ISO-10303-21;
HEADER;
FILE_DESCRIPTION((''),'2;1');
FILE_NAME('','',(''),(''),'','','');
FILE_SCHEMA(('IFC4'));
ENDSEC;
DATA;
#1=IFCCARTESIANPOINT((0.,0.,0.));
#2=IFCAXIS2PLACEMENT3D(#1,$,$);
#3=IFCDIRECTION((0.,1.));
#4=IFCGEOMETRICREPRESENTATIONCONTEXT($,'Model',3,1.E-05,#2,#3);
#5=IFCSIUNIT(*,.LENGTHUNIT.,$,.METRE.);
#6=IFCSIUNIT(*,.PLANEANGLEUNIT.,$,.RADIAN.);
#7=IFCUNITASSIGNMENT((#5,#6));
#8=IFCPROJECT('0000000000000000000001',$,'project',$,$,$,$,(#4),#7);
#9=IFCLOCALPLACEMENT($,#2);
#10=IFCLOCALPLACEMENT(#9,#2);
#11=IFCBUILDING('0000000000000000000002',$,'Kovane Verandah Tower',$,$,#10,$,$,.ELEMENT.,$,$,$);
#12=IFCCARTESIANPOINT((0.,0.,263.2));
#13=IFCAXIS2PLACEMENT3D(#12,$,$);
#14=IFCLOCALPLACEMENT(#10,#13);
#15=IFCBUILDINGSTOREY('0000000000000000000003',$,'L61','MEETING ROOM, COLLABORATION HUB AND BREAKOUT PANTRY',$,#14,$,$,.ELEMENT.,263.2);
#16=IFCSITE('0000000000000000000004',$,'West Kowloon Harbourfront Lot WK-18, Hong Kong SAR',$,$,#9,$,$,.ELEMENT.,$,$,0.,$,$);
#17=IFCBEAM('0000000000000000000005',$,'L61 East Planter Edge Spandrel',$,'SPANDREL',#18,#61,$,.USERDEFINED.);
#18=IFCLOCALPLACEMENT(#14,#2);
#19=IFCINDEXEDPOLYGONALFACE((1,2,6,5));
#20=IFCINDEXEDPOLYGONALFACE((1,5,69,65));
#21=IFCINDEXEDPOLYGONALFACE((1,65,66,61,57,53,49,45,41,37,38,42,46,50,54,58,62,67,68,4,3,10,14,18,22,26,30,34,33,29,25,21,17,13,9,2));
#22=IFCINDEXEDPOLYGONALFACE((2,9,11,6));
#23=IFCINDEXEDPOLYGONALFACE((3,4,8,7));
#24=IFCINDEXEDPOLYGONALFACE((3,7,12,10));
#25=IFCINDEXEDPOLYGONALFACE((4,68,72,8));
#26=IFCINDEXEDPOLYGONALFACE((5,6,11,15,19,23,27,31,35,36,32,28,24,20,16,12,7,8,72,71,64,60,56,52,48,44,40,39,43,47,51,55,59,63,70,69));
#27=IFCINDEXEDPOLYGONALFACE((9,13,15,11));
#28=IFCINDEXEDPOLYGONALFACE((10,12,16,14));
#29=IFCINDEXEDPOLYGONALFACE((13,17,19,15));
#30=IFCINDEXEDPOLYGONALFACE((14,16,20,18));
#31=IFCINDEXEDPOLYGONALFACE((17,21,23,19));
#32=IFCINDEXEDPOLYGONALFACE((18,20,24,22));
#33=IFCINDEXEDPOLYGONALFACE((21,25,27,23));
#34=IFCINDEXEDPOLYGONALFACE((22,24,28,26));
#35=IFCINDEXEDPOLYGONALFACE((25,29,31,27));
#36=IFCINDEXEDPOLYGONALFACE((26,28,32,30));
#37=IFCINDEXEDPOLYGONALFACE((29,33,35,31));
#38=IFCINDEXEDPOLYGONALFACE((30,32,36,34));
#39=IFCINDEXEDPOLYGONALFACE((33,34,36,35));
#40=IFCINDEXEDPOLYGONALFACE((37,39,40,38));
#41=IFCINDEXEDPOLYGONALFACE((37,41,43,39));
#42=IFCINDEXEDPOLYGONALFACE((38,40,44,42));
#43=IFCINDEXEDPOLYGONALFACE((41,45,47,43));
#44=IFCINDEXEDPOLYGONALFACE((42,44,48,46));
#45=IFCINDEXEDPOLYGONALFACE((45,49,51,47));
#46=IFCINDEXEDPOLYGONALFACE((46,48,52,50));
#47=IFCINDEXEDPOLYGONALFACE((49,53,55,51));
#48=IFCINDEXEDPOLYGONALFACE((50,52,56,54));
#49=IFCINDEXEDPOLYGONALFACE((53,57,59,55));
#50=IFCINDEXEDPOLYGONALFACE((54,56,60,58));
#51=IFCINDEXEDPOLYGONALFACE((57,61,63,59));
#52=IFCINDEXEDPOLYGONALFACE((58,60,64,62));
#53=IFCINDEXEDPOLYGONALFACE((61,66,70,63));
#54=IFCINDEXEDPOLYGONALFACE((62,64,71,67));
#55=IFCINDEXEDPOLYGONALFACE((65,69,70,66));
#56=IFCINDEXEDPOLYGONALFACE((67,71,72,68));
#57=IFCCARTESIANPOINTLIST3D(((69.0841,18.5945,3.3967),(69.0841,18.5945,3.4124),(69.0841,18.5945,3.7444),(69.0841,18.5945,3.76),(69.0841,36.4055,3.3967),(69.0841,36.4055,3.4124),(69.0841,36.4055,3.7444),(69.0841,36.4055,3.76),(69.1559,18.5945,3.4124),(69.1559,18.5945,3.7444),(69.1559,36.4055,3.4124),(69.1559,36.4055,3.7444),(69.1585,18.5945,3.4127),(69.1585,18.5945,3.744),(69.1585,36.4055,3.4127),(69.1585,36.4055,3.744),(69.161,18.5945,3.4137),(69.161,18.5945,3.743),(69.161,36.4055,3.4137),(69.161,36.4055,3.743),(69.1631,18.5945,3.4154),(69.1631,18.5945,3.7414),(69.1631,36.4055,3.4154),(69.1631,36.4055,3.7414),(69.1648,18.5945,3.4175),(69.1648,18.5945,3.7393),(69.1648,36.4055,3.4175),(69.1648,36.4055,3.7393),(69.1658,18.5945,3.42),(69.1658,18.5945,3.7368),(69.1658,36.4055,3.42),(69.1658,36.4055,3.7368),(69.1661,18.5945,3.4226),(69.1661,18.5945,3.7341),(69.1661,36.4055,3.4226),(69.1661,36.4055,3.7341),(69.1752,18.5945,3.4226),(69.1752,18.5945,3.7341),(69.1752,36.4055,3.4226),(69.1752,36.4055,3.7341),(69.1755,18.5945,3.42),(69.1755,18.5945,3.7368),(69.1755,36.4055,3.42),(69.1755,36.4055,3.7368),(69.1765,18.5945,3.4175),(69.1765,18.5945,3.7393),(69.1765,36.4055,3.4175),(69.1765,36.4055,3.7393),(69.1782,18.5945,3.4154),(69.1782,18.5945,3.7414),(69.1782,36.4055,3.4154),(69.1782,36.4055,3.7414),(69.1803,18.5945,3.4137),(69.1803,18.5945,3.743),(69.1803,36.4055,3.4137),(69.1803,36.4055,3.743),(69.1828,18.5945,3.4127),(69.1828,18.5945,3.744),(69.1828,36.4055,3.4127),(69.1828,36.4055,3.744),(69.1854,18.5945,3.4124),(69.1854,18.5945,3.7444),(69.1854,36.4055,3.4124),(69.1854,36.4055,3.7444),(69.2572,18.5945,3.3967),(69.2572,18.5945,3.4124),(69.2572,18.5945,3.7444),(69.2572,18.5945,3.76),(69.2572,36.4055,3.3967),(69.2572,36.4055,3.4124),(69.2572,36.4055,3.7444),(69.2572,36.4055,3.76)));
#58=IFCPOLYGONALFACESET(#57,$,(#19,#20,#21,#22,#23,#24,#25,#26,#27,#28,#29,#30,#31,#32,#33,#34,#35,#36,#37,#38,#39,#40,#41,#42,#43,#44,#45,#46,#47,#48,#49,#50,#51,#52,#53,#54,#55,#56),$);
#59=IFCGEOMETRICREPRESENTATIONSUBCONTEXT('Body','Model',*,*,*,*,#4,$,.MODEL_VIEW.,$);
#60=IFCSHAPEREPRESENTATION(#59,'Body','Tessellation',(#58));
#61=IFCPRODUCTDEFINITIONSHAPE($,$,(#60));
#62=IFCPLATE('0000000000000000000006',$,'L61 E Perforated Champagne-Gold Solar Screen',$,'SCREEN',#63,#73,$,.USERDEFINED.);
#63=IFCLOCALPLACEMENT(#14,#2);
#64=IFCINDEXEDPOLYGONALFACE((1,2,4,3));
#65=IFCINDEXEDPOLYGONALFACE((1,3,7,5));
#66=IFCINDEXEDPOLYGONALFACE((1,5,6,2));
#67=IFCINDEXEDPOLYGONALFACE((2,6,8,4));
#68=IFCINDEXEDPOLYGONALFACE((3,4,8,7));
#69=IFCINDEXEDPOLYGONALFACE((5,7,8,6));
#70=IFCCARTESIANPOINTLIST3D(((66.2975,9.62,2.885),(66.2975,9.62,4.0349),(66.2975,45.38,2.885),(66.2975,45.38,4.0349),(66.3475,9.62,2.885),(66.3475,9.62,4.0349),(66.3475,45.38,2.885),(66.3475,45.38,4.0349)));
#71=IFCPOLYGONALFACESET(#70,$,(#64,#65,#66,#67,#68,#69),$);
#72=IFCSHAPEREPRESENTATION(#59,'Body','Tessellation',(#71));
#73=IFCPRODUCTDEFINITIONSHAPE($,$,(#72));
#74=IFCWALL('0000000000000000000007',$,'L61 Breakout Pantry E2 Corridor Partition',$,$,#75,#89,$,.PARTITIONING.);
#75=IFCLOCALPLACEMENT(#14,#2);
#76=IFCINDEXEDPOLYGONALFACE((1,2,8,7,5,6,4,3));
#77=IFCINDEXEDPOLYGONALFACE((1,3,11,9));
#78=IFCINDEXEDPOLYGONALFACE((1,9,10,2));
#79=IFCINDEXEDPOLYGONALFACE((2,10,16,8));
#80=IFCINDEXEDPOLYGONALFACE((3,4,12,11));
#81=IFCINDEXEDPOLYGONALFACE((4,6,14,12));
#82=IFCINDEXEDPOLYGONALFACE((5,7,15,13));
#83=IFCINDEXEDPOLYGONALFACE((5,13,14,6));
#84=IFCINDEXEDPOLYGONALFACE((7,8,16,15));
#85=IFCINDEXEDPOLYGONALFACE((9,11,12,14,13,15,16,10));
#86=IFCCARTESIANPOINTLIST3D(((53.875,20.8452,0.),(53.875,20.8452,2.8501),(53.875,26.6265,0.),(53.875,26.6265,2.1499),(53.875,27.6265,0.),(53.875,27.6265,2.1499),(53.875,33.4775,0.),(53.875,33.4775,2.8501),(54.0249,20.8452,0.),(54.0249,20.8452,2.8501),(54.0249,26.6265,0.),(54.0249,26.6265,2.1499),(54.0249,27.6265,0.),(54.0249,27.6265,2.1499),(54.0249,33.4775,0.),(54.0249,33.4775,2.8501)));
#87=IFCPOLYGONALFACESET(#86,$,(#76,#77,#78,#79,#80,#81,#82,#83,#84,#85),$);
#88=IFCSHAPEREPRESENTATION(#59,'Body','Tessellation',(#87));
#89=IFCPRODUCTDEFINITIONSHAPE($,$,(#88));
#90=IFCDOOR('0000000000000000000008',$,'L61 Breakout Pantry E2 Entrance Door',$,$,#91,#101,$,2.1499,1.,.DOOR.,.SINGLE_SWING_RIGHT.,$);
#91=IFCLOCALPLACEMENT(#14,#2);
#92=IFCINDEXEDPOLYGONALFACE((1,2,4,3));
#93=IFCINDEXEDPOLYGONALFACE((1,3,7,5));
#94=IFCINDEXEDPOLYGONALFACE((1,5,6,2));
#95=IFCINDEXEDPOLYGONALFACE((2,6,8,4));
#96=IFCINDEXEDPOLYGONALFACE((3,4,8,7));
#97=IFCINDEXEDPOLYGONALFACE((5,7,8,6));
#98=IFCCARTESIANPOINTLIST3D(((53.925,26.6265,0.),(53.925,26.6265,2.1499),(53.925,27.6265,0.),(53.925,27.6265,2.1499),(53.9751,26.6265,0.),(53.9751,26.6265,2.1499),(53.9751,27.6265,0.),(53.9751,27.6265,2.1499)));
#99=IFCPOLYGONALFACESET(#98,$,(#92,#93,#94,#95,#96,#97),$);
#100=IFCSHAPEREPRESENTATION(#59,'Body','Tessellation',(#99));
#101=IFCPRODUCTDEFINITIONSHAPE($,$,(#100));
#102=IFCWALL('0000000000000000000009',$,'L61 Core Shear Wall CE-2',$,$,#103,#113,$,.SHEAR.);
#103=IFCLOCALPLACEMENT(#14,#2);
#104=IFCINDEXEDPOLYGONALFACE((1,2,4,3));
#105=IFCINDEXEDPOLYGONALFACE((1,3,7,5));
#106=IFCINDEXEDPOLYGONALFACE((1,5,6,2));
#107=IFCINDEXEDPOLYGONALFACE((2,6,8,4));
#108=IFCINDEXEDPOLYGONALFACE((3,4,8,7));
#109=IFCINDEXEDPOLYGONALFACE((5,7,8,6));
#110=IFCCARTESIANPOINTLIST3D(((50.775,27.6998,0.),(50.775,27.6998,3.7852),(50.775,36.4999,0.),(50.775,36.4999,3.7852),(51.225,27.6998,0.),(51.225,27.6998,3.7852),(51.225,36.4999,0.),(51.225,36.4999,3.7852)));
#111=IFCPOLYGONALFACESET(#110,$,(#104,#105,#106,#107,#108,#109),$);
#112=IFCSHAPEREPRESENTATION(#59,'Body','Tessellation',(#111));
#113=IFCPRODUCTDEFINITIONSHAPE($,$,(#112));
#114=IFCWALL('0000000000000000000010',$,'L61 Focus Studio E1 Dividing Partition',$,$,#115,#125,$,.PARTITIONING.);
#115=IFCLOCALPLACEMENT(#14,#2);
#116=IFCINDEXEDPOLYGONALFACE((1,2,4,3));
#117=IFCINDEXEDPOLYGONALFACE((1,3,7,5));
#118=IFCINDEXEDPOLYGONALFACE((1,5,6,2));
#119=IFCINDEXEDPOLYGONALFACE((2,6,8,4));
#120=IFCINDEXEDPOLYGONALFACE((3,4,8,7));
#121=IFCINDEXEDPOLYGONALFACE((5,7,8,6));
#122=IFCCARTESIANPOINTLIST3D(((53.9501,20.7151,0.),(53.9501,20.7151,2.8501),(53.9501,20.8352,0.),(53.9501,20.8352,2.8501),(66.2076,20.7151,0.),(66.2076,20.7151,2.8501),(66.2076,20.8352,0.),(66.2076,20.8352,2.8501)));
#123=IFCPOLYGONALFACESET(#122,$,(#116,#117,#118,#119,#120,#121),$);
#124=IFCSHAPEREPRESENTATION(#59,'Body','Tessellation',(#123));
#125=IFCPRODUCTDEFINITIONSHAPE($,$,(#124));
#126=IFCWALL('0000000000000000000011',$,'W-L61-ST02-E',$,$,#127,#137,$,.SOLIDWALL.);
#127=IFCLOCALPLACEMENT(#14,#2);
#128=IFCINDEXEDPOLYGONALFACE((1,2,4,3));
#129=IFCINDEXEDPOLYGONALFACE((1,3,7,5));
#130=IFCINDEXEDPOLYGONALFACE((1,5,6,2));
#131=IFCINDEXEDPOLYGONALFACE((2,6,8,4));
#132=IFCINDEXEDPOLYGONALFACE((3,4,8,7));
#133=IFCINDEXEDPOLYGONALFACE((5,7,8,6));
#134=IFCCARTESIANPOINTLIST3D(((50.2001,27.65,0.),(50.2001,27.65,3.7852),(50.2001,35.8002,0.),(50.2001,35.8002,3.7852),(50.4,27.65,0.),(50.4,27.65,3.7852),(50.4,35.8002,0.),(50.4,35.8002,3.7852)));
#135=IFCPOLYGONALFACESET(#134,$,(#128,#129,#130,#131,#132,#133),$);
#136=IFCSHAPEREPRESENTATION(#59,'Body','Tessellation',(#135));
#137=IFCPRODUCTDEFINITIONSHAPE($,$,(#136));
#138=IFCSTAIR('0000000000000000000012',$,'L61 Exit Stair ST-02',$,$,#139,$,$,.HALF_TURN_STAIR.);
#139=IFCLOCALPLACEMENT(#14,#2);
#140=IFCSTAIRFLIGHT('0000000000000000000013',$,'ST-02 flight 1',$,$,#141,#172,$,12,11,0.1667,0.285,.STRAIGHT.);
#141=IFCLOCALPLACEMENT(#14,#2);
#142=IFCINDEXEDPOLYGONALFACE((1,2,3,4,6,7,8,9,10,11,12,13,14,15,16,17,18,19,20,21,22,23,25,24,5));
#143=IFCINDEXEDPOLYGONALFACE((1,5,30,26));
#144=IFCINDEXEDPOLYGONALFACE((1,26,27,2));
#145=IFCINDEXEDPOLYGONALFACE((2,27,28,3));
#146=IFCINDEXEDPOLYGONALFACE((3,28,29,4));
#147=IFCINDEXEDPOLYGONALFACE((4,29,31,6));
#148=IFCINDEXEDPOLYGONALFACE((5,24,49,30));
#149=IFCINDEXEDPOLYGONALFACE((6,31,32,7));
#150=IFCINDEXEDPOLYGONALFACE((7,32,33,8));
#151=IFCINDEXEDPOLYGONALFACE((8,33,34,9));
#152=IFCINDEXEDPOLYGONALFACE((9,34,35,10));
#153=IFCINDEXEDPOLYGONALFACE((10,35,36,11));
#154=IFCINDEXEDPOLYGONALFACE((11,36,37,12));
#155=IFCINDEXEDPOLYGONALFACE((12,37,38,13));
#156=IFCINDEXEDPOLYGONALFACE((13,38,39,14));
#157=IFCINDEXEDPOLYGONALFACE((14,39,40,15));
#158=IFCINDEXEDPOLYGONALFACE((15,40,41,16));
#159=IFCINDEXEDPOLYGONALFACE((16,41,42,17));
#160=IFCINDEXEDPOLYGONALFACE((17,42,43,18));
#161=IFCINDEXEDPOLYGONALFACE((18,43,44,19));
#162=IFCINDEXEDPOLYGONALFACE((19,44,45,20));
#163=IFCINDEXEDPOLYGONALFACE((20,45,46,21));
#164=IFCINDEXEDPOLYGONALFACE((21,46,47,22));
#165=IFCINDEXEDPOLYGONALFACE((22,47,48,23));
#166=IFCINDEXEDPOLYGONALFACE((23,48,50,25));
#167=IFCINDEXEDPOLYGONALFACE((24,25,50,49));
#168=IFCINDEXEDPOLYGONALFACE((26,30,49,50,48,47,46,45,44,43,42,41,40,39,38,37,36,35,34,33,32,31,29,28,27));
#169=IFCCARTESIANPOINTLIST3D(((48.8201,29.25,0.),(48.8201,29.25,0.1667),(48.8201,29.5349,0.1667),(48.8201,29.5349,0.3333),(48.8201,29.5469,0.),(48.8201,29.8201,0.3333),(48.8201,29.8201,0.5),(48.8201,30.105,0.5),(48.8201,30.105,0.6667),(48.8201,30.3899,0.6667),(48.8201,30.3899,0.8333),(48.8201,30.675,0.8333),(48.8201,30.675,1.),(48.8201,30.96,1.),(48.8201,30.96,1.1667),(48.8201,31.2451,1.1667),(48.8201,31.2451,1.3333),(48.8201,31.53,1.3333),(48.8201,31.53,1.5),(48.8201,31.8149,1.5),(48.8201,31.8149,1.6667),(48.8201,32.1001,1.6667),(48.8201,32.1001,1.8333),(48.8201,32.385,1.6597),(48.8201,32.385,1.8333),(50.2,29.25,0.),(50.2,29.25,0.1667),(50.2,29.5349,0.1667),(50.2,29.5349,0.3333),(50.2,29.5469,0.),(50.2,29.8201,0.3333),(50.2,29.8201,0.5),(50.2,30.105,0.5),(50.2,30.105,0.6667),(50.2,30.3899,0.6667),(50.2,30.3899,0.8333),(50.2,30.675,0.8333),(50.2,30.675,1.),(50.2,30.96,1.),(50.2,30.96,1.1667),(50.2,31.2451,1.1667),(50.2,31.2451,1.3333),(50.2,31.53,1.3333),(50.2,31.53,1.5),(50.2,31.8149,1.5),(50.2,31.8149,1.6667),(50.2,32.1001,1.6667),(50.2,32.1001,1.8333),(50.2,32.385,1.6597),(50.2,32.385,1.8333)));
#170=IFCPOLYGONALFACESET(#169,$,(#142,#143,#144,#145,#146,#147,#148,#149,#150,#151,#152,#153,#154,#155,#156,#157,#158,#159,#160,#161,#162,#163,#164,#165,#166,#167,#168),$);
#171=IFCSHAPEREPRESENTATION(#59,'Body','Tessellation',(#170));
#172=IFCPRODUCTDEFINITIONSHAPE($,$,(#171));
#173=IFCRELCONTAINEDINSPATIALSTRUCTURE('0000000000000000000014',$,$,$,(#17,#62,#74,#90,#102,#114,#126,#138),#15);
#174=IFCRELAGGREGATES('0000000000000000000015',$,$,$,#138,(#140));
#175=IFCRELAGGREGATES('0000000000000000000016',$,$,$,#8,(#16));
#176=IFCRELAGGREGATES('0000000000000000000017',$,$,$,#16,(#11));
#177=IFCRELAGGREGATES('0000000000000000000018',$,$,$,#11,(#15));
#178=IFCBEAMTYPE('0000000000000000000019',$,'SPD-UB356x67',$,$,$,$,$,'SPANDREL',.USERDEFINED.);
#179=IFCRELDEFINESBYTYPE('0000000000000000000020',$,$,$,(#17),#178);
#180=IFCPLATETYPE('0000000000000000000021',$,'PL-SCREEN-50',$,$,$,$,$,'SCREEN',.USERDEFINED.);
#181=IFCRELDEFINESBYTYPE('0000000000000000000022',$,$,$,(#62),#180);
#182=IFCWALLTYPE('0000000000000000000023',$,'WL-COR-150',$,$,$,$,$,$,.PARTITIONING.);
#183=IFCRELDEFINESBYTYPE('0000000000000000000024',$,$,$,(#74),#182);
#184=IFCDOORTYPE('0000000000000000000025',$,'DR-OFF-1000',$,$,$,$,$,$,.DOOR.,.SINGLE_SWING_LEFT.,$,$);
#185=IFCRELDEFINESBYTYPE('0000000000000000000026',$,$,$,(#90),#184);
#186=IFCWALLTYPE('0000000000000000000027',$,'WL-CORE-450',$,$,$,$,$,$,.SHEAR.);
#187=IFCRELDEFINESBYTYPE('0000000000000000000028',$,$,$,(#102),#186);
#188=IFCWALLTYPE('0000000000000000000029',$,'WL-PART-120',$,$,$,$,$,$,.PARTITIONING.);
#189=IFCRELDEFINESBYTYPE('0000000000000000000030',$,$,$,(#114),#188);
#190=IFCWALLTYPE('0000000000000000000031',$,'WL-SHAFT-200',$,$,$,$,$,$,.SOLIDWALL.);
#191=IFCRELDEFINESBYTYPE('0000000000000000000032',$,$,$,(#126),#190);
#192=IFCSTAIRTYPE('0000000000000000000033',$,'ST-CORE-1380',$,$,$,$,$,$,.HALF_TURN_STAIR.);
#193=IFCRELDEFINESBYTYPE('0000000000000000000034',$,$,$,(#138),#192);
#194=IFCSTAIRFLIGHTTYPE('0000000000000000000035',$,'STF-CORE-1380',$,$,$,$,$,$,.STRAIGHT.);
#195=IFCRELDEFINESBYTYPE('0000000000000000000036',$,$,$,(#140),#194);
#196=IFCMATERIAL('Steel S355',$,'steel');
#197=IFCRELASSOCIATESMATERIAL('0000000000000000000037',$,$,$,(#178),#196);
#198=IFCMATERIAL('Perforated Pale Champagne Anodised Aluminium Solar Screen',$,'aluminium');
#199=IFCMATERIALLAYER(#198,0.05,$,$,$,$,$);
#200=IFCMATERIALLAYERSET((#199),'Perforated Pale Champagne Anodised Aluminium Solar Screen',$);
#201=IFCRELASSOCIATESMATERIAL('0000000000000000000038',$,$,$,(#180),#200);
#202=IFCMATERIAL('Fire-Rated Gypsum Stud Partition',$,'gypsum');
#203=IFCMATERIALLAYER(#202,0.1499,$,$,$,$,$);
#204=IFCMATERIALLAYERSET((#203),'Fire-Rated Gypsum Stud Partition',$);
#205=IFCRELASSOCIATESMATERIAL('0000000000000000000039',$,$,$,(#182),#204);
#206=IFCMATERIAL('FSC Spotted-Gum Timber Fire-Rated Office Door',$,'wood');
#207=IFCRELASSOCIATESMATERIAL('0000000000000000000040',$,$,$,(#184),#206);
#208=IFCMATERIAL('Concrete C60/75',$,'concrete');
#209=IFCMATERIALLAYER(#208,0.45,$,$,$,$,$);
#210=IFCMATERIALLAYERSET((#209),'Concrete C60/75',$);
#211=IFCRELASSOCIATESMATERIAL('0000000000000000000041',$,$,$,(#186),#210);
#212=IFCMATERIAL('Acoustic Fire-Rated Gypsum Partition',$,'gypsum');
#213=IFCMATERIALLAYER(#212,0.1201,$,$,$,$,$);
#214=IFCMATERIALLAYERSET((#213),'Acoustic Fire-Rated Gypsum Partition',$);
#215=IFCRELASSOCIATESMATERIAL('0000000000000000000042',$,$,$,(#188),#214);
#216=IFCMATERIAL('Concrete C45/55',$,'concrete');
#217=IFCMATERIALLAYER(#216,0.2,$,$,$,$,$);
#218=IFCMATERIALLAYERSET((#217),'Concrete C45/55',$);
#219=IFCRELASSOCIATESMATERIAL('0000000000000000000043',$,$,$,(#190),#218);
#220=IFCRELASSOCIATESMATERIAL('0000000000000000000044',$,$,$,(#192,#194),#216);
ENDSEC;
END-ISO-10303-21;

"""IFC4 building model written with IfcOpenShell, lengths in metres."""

from ifc_helpers import new_model, si_unit, direction, frame, frame_2d, origin, origin_2d, place, context, subcontext, project, spatial, polyline, rectangle, i_section, outline, extrude, material, layer, layer_set, material_profile, profile_set, type_object, element, fill, aggregate, save


model = new_model("IFC4")

# Units and contexts
model_context = context("Model", 3, precision=1e-05, world=origin(), true_north=direction((0.0, 1.0)))
body_context = subcontext(model_context, "Body", "Model", "MODEL_VIEW")
ifc_project = project(units=[si_unit("LENGTHUNIT", "METRE"), si_unit("PLANEANGLEUNIT", "RADIAN")], contexts=[model_context])

# Site, building, storey
site_placement = place(None, origin())
site = spatial("IfcSite", under=ifc_project, at=site_placement, Name="West Kowloon Harbourfront Lot WK-18, Hong Kong SAR", CompositionType="ELEMENT", RefElevation=0.0)
building_placement = place(site_placement, origin())
building = spatial("IfcBuilding", under=site, at=building_placement, Name="Kovane Verandah Tower", CompositionType="ELEMENT")
storey_placement = place(building_placement, frame((0.0, 0.0, 263.2)))
storey = spatial("IfcBuildingStorey", under=building, at=storey_placement, Name="L61", Description="MEETING ROOM, COLLABORATION HUB AND BREAKOUT PANTRY", CompositionType="ELEMENT", Elevation=263.2)

# Beam
ifc_material_1 = material(Name="Concrete C60/75", Category="concrete")
ifc_material_2 = material(Name="Steel S355", Category="steel")
ifc_material_profile_1 = material_profile(ifc_material_2, i_section(OverallWidth=0.1731, OverallDepth=0.3633, WebThickness=0.009, FlangeThickness=0.0156, FilletRadius=0.0103, at=origin_2d()), Name="UB356x171x67")
ifc_profile_set_1 = profile_set([ifc_material_profile_1], Name="Steel S355")
beam_type_1 = type_object("IfcBeamType", Name="SPD-UB356x67", ElementType="SPANDREL", PredefinedType="USERDEFINED", material=ifc_profile_set_1)
beam_1_placement = place(storey_placement, frame((69.1707, 18.5945, 3.5784), z_axis=(0.0, 1.0, 0.0), x_axis=(-1.0, 0.0, 0.0)))
element("IfcBeam", 1, at=beam_1_placement, inside=storey, type_object=beam_type_1, Name="L61 East Planter Edge Spandrel", ObjectType="SPANDREL", PredefinedType="USERDEFINED", context=body_context, shape_type="SweptSolid", body=[
    extrude(i_section(OverallWidth=0.1731, OverallDepth=0.3633, WebThickness=0.009, FlangeThickness=0.0156, FilletRadius=0.0103, at=origin_2d()), origin(), (0.0, 0.0, 1.0), 17.811),
])

# Plate
ifc_material_3 = material(Name="Perforated Pale Champagne Anodised Aluminium Solar Screen", Category="aluminium")
ifc_layer_1 = layer(ifc_material_3, 0.05)
ifc_layer_set_1 = layer_set([ifc_layer_1], Name="Perforated Pale Champagne Anodised Aluminium Solar Screen")
plate_type = type_object("IfcPlateType", Name="PL-SCREEN-50", ElementType="SCREEN", PredefinedType="USERDEFINED", material=ifc_layer_set_1)
plate_placement = place(storey_placement, frame((66.3225, 27.5, 2.885), z_axis=(0.0, 0.0, 1.0), x_axis=(0.0, 1.0, 0.0)))
element("IfcPlate", 2, at=plate_placement, inside=storey, type_object=plate_type, Name="L61 E Perforated Champagne-Gold Solar Screen", ObjectType="SCREEN", PredefinedType="USERDEFINED", context=body_context, shape_type="SweptSolid", body=[
    extrude(rectangle(XDim=35.76, YDim=0.05, at=origin_2d()), origin(), (0.0, 0.0, 1.0), 1.1499),
])

# Wall, opening, door
ifc_material_4 = material(Name="Fire-Rated Gypsum Stud Partition", Category="gypsum")
ifc_layer_2 = layer(ifc_material_4, 0.1499)
ifc_layer_set_2 = layer_set([ifc_layer_2], Name="Fire-Rated Gypsum Stud Partition")
wall_type_1 = type_object("IfcWallType", Name="WL-COR-150", PredefinedType="PARTITIONING", material=ifc_layer_set_2)
wall_1_placement = place(storey_placement, frame((53.95, 20.8452, 0.0), z_axis=(0.0, 0.0, 1.0), x_axis=(0.0, 1.0, 0.0)))
wall_1 = element("IfcWall", 3, at=wall_1_placement, inside=storey, type_object=wall_type_1, Name="L61 Breakout Pantry E2 Corridor Partition", PredefinedType="PARTITIONING", context=body_context, shape_type="SweptSolid", body=[
    extrude(rectangle(XDim=12.6323, YDim=0.1499, at=frame_2d((6.3162, 0.0))), origin(), (0.0, 0.0, 1.0), 2.8501),
])
opening_1_placement = place(wall_1_placement, frame((5.7812, 0.0, 0.0)))
opening_1 = element("IfcOpeningElement", 4, at=opening_1_placement, cuts=wall_1, PredefinedType="OPENING", context=body_context, shape_type="SweptSolid", body=[
    extrude(rectangle(XDim=1.0, YDim=2.1499, at=frame_2d((0.5, 1.075))), frame((0.0, 0.075, 0.0), z_axis=(0.0, -1.0, 0.0), x_axis=(1.0, 0.0, 0.0)), (0.0, 0.0, 1.0), 0.1499),
])
ifc_material_5 = material(Name="FSC Spotted-Gum Timber Fire-Rated Office Door", Category="wood")
door_type_1 = type_object("IfcDoorType", Name="DR-OFF-1000", OperationType="SINGLE_SWING_LEFT", PredefinedType="DOOR", material=ifc_material_5)
door_1_placement = place(opening_1_placement, origin())
door_1 = element("IfcDoor", 5, at=door_1_placement, inside=storey, type_object=door_type_1, Name="L61 Breakout Pantry E2 Entrance Door", OperationType="SINGLE_SWING_RIGHT", OverallHeight=2.1499, OverallWidth=1.0, PredefinedType="DOOR", context=body_context, shape_type="SweptSolid", body=[
    extrude(rectangle(XDim=1.0, YDim=2.1499, at=frame_2d((0.5, 1.075))), frame((0.0, 0.0249, 0.0), z_axis=(0.0, -1.0, 0.0), x_axis=(1.0, 0.0, 0.0)), (0.0, 0.0, 1.0), 0.05),
])
fill(opening_1, door_1)

# Wall
ifc_layer_3 = layer(ifc_material_1, 0.45)
ifc_layer_set_3 = layer_set([ifc_layer_3], Name="Concrete C60/75")
wall_type_2 = type_object("IfcWallType", Name="WL-CORE-450", PredefinedType="SHEAR", material=ifc_layer_set_3)
wall_2_placement = place(storey_placement, frame((51.0, 27.7, 0.0), z_axis=(0.0, 0.0, 1.0), x_axis=(0.0, 1.0, 0.0)))
element("IfcWall", 6, at=wall_2_placement, inside=storey, type_object=wall_type_2, Name="L61 Core Shear Wall CE-2", PredefinedType="SHEAR", context=body_context, shape_type="SweptSolid", body=[
    extrude(rectangle(XDim=8.8, YDim=0.45, at=frame_2d((4.3999, 0.0))), origin(), (0.0, 0.0, 1.0), 3.7852),
])

# Walls
ifc_material_6 = material(Name="Acoustic Fire-Rated Gypsum Partition", Category="gypsum")
ifc_layer_4 = layer(ifc_material_6, 0.1201)
ifc_layer_set_4 = layer_set([ifc_layer_4], Name="Acoustic Fire-Rated Gypsum Partition")
wall_type_3 = type_object("IfcWallType", Name="WL-PART-120", PredefinedType="PARTITIONING", material=ifc_layer_set_4)
wall_3_placement = place(storey_placement, frame((53.95, 20.7751, 0.0), z_axis=(0.0, 0.0, 1.0), x_axis=(1.0, 0.0, 0.0)))
element("IfcWall", 7, at=wall_3_placement, inside=storey, type_object=wall_type_3, Name="L61 Focus Studio E1 Dividing Partition", PredefinedType="PARTITIONING", context=body_context, shape_type="SweptSolid", body=[
    extrude(rectangle(XDim=12.2576, YDim=0.1201, at=frame_2d((6.1289, 0.0))), origin(), (0.0, 0.0, 1.0), 2.8501),
])
ifc_material_7 = material(Name="Concrete C45/55", Category="concrete")
ifc_layer_5 = layer(ifc_material_7, 0.2)
ifc_layer_set_5 = layer_set([ifc_layer_5], Name="Concrete C45/55")
wall_type_4 = type_object("IfcWallType", Name="WL-SHAFT-200", PredefinedType="SOLIDWALL", material=ifc_layer_set_5)
wall_4_placement = place(storey_placement, frame((50.3, 27.6499, 0.0), z_axis=(0.0, 0.0, 1.0), x_axis=(0.0, 1.0, 0.0)))
element("IfcWall", 8, at=wall_4_placement, inside=storey, type_object=wall_type_4, Name="W-L61-ST02-E", PredefinedType="SOLIDWALL", context=body_context, shape_type="SweptSolid", body=[
    extrude(rectangle(XDim=8.1501, YDim=0.2, at=frame_2d((4.0752, 0.0))), origin(), (0.0, 0.0, 1.0), 3.7852),
])

# Stair, stair flight
stair_type = type_object("IfcStairType", Name="ST-CORE-1380", PredefinedType="HALF_TURN_STAIR", material=ifc_material_7)
stair_placement = place(storey_placement, origin())
stair = element("IfcStair", 9, at=stair_placement, inside=storey, type_object=stair_type, Name="L61 Exit Stair ST-02", PredefinedType="HALF_TURN_STAIR")
stair_flight_type = type_object("IfcStairFlightType", Name="STF-CORE-1380", PredefinedType="STRAIGHT", material=ifc_material_7)
stair_flight_1_placement = place(storey_placement, frame((49.51, 29.25, 0.0), z_axis=(0.0, 0.0, 1.0), x_axis=(0.0, 1.0, 0.0)))
stair_flight_1 = element("IfcStairFlight", 10, at=stair_flight_1_placement, type_object=stair_flight_type, Name="ST-02 flight 1", NumberOfRisers=12, NumberOfTreads=11, PredefinedType="STRAIGHT", RiserHeight=0.1667, TreadLength=0.285, context=body_context, shape_type="SweptSolid", body=[
    extrude(outline(polyline([(0.0, 0.0), (0.0, 0.1667), (0.2849, 0.1667), (0.2849, 0.3333), (0.5701, 0.3333), (0.5701, 0.5), (0.855, 0.5), (0.855, 0.6667), (1.1399, 0.6667), (1.1399, 0.8333), (1.425, 0.8333), (1.425, 1.0), (1.71, 1.0), (1.71, 1.1667), (1.9951, 1.1667), (1.9951, 1.3333), (2.28, 1.3333), (2.28, 1.5), (2.5649, 1.5), (2.5649, 1.6667), (2.8501, 1.6667), (2.8501, 1.8333), (3.135, 1.8333), (3.135, 2.0), (3.135, 1.6597), (0.2969, 0.0), (0.0, 0.0)])), frame((0.0, 0.6899, 0.0), z_axis=(0.0, -1.0, 0.0), x_axis=(1.0, 0.0, 0.0)), (0.0, 0.0, 1.0), 1.3799),
])
aggregate(stair, [stair_flight_1])

save(model, "model.ifc")
